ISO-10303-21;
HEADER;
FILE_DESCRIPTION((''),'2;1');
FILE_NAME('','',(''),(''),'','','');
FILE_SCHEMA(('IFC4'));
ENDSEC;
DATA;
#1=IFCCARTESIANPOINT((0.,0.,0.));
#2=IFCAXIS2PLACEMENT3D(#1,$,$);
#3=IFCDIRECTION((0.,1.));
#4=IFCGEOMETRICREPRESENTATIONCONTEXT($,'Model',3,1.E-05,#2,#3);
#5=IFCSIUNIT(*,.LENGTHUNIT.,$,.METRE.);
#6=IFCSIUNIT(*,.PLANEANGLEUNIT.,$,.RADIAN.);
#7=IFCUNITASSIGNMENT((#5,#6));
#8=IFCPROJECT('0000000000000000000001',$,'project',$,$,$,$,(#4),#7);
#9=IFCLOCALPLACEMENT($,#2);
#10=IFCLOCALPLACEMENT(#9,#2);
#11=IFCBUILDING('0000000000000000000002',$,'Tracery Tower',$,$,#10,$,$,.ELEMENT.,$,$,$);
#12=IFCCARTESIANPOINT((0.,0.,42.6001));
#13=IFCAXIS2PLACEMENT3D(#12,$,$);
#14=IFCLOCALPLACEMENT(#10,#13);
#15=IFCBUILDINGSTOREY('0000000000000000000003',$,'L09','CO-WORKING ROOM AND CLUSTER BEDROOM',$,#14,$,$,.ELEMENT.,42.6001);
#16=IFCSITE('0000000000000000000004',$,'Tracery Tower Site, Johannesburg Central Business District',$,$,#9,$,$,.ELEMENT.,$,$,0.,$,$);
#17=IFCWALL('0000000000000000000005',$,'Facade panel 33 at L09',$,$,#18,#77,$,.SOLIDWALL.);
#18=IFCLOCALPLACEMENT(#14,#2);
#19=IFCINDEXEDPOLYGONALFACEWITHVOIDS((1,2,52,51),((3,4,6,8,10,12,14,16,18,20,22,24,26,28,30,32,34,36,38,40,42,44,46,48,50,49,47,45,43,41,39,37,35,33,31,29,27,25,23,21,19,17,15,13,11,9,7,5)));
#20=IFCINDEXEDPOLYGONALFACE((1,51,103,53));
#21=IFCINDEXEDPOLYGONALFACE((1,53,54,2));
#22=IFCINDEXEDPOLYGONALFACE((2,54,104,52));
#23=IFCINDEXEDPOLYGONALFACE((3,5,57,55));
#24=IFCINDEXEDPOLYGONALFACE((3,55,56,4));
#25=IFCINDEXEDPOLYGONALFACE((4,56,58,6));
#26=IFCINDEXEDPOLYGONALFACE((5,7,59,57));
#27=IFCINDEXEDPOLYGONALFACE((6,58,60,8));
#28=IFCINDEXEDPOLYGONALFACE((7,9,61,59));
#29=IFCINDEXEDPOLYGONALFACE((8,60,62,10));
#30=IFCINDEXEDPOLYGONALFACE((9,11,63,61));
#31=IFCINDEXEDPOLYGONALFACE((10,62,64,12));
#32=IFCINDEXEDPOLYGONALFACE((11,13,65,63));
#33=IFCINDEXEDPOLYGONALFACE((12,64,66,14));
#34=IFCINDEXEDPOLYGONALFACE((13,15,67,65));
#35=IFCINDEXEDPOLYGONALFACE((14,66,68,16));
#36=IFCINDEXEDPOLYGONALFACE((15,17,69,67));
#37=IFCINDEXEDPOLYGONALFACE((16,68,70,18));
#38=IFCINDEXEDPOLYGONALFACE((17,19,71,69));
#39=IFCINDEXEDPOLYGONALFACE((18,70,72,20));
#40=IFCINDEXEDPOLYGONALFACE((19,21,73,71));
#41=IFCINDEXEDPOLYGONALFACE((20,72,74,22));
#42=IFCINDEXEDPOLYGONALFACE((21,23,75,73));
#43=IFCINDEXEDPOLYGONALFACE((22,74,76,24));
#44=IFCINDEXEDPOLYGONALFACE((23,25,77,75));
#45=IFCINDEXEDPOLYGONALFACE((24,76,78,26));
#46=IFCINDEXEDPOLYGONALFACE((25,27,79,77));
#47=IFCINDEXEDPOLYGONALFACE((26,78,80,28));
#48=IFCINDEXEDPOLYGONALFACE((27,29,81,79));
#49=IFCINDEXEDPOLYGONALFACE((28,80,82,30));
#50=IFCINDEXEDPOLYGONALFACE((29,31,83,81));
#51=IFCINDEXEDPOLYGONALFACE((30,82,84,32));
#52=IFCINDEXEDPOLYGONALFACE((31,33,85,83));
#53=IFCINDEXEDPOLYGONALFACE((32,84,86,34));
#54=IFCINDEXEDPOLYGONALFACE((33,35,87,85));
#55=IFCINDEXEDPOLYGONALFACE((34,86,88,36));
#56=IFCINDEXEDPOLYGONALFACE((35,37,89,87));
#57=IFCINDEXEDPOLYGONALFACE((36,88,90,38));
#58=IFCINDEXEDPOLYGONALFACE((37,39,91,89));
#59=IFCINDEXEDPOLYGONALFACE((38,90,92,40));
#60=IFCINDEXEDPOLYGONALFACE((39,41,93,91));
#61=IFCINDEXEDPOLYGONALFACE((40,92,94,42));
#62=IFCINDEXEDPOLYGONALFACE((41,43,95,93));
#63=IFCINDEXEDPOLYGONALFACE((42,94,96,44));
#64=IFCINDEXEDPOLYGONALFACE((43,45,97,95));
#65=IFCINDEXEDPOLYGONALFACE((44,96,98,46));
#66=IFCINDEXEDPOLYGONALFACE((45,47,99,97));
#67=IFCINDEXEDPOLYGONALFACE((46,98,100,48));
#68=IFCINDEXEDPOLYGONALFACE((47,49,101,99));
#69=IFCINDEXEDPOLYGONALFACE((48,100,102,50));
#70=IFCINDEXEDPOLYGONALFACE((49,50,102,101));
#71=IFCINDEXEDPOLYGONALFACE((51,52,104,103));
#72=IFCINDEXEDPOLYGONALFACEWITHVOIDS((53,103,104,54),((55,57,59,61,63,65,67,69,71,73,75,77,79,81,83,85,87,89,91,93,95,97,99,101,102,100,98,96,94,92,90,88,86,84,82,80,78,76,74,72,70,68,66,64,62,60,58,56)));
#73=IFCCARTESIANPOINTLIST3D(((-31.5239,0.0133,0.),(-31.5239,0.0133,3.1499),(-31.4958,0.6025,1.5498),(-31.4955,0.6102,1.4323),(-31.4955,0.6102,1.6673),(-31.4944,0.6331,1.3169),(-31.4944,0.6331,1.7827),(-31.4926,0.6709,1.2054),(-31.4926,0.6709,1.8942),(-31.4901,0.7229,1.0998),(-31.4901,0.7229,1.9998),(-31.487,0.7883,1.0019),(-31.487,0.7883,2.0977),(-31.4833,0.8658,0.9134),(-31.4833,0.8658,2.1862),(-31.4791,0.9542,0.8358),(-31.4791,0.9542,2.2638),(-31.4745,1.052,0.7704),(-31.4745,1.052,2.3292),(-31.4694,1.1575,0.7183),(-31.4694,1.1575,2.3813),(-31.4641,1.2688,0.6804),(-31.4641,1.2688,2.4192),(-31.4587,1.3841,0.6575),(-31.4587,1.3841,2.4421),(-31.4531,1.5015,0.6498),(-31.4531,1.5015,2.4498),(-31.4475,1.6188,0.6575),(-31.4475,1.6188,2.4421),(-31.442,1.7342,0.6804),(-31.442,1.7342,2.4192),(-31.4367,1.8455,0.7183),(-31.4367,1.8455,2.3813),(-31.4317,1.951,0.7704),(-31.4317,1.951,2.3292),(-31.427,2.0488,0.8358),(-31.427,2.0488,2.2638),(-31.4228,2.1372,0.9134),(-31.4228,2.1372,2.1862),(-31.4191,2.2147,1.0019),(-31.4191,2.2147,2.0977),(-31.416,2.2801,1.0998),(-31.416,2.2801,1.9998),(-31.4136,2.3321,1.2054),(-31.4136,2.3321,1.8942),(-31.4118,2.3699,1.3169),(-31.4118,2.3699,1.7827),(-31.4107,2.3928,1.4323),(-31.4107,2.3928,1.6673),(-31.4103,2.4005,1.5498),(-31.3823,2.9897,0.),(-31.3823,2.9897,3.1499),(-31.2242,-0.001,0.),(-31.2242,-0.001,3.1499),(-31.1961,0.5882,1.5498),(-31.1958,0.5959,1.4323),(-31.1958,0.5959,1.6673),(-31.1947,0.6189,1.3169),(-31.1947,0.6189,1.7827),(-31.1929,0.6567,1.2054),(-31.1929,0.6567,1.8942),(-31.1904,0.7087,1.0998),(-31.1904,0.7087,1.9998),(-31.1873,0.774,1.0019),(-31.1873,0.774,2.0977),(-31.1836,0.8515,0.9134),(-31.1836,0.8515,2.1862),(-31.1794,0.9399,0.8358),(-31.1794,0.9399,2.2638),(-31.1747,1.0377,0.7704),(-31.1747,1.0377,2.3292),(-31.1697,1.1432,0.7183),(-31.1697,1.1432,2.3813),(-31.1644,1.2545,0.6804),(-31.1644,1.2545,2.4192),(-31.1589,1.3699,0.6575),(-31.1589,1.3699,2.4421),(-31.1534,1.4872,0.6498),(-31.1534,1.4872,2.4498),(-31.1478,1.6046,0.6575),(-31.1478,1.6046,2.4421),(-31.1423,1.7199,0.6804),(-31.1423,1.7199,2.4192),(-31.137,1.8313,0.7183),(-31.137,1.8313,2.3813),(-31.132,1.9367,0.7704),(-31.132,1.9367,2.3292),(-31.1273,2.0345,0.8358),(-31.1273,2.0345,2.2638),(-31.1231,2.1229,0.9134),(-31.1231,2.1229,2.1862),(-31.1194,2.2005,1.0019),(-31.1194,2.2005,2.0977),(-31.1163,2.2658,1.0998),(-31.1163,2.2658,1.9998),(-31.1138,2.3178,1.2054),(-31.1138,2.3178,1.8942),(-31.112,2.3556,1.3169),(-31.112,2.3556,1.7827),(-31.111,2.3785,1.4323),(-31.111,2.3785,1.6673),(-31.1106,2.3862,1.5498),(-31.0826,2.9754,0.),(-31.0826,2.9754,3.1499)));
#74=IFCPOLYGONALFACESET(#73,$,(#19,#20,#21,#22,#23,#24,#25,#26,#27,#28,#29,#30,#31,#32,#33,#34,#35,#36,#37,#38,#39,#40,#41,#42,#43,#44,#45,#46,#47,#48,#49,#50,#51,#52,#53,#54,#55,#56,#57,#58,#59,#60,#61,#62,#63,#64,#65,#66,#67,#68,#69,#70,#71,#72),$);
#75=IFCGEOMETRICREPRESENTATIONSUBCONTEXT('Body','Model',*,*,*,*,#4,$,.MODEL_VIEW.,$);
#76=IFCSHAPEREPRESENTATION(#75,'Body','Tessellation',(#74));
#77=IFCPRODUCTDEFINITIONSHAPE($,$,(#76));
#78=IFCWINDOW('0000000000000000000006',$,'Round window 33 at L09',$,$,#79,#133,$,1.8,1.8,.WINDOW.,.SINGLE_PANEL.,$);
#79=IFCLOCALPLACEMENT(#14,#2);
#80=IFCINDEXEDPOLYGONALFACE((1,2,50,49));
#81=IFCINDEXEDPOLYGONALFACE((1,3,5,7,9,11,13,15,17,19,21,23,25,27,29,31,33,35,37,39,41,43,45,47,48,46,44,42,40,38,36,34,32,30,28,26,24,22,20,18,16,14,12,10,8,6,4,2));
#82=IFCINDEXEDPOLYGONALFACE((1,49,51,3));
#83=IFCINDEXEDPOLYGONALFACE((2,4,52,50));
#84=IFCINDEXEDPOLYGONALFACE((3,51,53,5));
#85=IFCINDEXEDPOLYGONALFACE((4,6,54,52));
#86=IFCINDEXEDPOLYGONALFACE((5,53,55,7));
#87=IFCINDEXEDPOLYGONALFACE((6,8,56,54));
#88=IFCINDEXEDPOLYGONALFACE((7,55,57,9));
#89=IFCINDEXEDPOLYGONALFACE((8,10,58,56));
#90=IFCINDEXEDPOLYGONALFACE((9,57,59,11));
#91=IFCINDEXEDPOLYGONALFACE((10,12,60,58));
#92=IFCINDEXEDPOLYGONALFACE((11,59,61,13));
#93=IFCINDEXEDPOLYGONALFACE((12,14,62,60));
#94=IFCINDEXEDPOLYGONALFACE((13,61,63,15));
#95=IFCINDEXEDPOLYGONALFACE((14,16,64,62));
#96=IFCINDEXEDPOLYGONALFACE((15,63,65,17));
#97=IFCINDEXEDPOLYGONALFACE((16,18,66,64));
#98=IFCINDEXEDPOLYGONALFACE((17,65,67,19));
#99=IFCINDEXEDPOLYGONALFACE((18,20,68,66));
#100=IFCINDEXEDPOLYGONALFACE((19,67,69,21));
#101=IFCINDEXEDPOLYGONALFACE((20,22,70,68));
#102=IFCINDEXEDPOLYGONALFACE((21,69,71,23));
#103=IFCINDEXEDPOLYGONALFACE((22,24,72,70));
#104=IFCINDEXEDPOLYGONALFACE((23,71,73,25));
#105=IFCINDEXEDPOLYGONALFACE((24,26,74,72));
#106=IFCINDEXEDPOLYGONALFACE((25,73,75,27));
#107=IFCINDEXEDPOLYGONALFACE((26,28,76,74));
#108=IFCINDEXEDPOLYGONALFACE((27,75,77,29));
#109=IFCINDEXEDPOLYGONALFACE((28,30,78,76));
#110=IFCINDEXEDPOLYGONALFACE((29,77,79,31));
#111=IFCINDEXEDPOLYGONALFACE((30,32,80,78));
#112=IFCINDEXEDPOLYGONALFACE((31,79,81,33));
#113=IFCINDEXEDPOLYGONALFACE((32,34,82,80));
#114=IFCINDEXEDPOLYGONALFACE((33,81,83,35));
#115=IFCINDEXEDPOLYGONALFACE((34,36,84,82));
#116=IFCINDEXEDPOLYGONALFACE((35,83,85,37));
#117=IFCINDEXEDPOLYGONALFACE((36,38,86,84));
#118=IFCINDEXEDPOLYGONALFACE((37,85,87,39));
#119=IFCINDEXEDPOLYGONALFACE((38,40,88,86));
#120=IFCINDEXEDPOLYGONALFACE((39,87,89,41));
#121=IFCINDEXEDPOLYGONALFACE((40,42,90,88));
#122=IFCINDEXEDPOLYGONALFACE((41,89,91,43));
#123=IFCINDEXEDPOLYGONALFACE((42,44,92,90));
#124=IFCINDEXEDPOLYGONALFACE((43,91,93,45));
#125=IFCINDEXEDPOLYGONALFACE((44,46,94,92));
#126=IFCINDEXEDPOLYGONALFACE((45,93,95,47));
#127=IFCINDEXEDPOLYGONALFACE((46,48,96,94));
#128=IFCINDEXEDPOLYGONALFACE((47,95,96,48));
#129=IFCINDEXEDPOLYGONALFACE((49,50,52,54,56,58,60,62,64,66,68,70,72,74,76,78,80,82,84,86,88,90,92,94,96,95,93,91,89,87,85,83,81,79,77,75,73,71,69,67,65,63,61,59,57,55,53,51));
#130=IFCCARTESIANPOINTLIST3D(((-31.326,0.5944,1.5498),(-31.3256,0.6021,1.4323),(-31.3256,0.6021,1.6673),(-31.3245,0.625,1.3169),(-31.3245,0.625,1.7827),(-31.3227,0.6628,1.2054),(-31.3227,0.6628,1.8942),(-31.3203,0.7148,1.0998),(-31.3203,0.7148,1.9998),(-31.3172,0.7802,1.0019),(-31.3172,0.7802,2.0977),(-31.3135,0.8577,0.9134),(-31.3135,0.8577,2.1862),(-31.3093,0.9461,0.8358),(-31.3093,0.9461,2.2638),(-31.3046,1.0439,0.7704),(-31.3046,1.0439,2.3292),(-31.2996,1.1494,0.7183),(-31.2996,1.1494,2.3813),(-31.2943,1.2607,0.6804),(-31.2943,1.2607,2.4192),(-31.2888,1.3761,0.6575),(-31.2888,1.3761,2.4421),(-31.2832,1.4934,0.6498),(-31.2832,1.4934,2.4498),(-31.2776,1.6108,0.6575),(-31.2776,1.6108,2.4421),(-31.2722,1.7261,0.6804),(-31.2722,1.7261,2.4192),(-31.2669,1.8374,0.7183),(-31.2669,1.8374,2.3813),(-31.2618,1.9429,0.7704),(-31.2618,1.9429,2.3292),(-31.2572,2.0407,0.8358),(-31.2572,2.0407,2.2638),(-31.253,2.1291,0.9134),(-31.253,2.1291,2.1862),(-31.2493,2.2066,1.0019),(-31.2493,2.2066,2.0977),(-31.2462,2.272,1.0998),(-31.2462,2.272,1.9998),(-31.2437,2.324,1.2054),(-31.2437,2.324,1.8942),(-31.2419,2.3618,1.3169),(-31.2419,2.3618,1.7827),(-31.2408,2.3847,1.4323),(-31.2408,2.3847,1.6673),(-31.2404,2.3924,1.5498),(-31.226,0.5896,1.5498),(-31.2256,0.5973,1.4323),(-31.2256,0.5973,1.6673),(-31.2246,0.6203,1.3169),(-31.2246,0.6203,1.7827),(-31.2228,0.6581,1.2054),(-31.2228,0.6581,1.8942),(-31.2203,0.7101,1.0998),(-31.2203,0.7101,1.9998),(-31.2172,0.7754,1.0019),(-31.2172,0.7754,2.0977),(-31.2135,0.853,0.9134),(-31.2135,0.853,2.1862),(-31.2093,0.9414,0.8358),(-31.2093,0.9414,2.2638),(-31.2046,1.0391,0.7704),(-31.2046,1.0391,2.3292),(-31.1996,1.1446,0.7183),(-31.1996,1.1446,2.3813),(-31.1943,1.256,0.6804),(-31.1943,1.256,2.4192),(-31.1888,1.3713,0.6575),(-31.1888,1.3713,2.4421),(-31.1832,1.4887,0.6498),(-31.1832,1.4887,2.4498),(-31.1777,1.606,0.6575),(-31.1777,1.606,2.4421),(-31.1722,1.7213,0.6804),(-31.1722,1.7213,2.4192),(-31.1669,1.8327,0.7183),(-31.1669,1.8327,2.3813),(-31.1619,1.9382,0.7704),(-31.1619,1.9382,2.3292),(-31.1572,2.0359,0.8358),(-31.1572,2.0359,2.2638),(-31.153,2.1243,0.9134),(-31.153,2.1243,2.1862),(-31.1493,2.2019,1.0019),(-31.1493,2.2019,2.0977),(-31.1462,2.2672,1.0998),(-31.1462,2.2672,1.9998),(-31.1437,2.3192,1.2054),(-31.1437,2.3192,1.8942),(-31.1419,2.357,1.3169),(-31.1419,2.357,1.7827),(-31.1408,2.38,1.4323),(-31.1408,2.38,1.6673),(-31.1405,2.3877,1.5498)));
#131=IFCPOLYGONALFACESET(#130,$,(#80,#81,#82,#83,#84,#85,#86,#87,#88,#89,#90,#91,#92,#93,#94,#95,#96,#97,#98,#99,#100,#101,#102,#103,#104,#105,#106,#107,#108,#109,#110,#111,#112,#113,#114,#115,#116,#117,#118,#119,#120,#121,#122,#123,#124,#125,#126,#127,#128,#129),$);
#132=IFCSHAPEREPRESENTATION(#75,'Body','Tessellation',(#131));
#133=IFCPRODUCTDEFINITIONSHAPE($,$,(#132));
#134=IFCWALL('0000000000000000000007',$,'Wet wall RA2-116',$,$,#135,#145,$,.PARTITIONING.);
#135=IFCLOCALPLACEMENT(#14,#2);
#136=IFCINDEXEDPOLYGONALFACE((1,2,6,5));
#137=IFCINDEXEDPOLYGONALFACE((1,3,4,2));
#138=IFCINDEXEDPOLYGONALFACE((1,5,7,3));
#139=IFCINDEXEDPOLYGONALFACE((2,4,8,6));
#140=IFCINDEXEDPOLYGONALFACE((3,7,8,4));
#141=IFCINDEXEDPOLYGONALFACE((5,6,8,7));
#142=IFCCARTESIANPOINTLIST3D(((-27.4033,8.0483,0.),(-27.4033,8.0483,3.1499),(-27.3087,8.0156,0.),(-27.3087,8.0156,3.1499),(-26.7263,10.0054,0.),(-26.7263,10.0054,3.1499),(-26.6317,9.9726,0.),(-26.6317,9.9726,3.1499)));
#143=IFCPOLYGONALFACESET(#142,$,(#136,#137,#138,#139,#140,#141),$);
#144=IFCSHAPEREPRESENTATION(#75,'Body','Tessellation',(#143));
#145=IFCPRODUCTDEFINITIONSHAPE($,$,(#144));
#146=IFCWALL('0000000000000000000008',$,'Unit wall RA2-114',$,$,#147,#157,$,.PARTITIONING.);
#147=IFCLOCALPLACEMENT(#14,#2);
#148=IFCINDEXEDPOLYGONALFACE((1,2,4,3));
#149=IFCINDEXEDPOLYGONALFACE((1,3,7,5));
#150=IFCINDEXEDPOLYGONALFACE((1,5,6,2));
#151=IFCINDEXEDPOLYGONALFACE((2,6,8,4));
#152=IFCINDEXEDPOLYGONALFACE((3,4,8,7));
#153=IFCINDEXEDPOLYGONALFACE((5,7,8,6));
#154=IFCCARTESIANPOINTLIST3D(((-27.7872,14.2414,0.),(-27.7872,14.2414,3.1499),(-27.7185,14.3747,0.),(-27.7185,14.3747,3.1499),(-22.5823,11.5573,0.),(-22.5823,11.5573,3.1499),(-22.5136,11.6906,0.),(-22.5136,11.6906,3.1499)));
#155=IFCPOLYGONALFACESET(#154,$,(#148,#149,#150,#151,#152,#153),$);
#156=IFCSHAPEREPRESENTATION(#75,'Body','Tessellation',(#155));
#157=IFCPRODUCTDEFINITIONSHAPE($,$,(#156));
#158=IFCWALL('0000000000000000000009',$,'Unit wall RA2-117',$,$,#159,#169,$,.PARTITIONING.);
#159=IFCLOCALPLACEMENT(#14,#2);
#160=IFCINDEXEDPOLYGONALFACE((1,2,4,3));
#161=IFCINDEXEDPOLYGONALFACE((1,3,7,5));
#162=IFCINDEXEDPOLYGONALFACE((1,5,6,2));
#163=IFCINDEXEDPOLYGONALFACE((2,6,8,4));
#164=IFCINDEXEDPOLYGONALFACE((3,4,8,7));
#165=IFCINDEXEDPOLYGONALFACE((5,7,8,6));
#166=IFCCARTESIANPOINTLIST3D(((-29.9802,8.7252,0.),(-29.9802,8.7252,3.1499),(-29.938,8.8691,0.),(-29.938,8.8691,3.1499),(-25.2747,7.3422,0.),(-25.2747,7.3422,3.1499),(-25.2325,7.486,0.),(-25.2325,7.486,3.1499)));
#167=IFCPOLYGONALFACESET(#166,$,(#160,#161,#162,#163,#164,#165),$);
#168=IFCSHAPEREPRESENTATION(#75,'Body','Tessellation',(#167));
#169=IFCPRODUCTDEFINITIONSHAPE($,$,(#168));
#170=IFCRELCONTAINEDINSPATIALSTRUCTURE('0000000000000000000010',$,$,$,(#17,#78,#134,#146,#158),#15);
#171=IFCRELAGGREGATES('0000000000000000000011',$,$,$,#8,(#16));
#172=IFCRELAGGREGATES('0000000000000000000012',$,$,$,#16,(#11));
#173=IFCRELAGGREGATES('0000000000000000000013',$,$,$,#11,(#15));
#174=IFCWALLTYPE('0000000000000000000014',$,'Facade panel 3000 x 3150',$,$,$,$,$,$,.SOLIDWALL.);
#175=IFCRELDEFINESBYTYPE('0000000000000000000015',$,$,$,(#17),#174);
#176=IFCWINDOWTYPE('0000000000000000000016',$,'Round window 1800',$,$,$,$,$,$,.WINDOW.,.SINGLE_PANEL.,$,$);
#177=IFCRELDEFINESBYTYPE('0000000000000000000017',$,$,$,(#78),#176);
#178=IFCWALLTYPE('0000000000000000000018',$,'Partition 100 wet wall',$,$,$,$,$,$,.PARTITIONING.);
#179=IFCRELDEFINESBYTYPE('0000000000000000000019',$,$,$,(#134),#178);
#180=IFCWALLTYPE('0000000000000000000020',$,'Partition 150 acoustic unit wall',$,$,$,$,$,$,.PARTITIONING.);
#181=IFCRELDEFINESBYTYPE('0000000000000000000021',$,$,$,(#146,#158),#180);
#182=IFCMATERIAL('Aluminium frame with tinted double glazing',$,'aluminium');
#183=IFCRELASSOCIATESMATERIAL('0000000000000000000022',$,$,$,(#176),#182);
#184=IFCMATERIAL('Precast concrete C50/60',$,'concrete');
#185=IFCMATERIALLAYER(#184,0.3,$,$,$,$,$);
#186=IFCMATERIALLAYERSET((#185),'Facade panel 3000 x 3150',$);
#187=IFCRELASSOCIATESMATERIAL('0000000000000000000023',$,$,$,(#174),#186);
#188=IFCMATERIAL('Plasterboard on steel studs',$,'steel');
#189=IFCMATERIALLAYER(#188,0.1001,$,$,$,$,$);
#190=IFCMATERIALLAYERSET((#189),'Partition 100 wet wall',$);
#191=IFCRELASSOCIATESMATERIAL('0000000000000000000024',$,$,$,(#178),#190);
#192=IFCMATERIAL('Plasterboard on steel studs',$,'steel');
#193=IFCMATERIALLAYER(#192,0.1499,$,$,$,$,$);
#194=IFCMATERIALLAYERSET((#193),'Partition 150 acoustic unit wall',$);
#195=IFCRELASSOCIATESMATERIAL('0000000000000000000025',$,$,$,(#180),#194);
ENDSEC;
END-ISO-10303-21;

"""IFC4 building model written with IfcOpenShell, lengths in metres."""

from ifc_helpers import new_model, si_unit, direction, frame, frame_2d, origin, origin_2d, place, context, subcontext, project, spatial, rectangle, circle, extrude, material, layer, layer_set, type_object, element, fill, save


model = new_model("IFC4")

# Units and contexts
model_context = context("Model", 3, precision=1e-05, world=origin(), true_north=direction((0.0, 1.0)))
body_context = subcontext(model_context, "Body", "Model", "MODEL_VIEW")
ifc_project = project(units=[si_unit("LENGTHUNIT", "METRE"), si_unit("PLANEANGLEUNIT", "RADIAN")], contexts=[model_context])

# Site, building, storey
site_placement = place(None, origin())
site = spatial("IfcSite", under=ifc_project, at=site_placement, Name="Tracery Tower Site, Johannesburg Central Business District", CompositionType="ELEMENT", RefElevation=0.0)
building_placement = place(site_placement, origin())
building = spatial("IfcBuilding", under=site, at=building_placement, Name="Tracery Tower", CompositionType="ELEMENT")
storey_placement = place(building_placement, frame((0.0, 0.0, 42.6001)))
storey = spatial("IfcBuildingStorey", under=building, at=storey_placement, Name="L09", Description="CO-WORKING ROOM AND CLUSTER BEDROOM", CompositionType="ELEMENT", Elevation=42.6001)

# Wall, opening, window
ifc_material_1 = material(Name="Aluminium frame with tinted double glazing", Category="aluminium")
window_type = type_object("IfcWindowType", Name="Round window 1800", PartitioningType="SINGLE_PANEL", PredefinedType="WINDOW", material=ifc_material_1)
ifc_material_2 = material(Name="Precast concrete C50/60", Category="concrete")
ifc_layer_1 = layer(ifc_material_2, 0.3)
ifc_layer_set_1 = layer_set([ifc_layer_1], Name="Facade panel 3000 x 3150")
wall_type_1 = type_object("IfcWallType", Name="Facade panel 3000 x 3150", PredefinedType="SOLIDWALL", material=ifc_layer_set_1)
wall_1_placement = place(storey_placement, frame((-31.2324, 2.9824, 0.0), z_axis=(0.0, 0.0, 1.0), x_axis=(-0.047522, -0.99887, 0.0)))
wall_1 = element("IfcWall", 1, at=wall_1_placement, inside=storey, type_object=wall_type_1, Name="Facade panel 33 at L09", PredefinedType="SOLIDWALL", context=body_context, shape_type="SweptSolid", body=[
    extrude(rectangle(XDim=2.9797, YDim=0.3, at=frame_2d((1.4897, 0.0))), origin(), (0.0, 0.0, 1.0), 3.1499),
])
opening_1_placement = place(wall_1_placement, frame((1.4897, 0.0, 1.5498)))
opening_1 = element("IfcOpeningElement", 2, at=opening_1_placement, cuts=wall_1, PredefinedType="OPENING", context=body_context, shape_type="SweptSolid", body=[
    extrude(circle(Radius=0.9, at=origin_2d()), frame((0.0, 0.1599, 0.0), z_axis=(0.0, -1.0, 0.0), x_axis=(1.0, 0.0, 0.0)), (0.0, 0.0, 1.0), 0.3201),
])
window_1_placement = place(opening_1_placement, origin())
window_1 = element("IfcWindow", 3, at=window_1_placement, inside=storey, type_object=window_type, Name="Round window 33 at L09", OverallHeight=1.8, OverallWidth=1.8, PartitioningType="SINGLE_PANEL", PredefinedType="WINDOW", context=body_context, shape_type="SweptSolid", body=[
    extrude(circle(Radius=0.9, at=origin_2d()), frame((0.0, 0.1201, 0.0), z_axis=(0.0, -1.0, 0.0), x_axis=(1.0, 0.0, 0.0)), (0.0, 0.0, 1.0), 0.1001),
])
fill(opening_1, window_1)

# Walls
ifc_material_3 = material(Name="Plasterboard on steel studs", Category="steel")
ifc_layer_2 = layer(ifc_material_3, 0.1001)
ifc_layer_set_2 = layer_set([ifc_layer_2], Name="Partition 100 wet wall")
wall_type_2 = type_object("IfcWallType", Name="Partition 100 wet wall", PredefinedType="PARTITIONING", material=ifc_layer_set_2)
wall_2_placement = place(storey_placement, frame((-27.356, 8.032, 0.0), z_axis=(0.0, 0.0, 1.0), x_axis=(0.326924, 0.945051, 0.0)))
element("IfcWall", 4, at=wall_2_placement, inside=storey, type_object=wall_type_2, Name="Wet wall RA2-116", PredefinedType="PARTITIONING", context=body_context, shape_type="SweptSolid", body=[
    extrude(rectangle(XDim=2.0708, YDim=0.1001, at=frame_2d((1.0354, 0.0))), origin(), (0.0, 0.0, 1.0), 3.1499),
])
ifc_material_4 = material(Name="Plasterboard on steel studs", Category="steel")
ifc_layer_3 = layer(ifc_material_4, 0.1499)
ifc_layer_set_3 = layer_set([ifc_layer_3], Name="Partition 150 acoustic unit wall")
wall_type_3 = type_object("IfcWallType", Name="Partition 150 acoustic unit wall", PredefinedType="PARTITIONING", material=ifc_layer_set_3)
wall_3_placement = place(storey_placement, frame((-27.7529, 14.3081, 0.0), z_axis=(0.0, 0.0, 1.0), x_axis=(0.88878, -0.458335, 0.0)))
element("IfcWall", 5, at=wall_3_placement, inside=storey, type_object=wall_type_3, Name="Unit wall RA2-114", PredefinedType="PARTITIONING", context=body_context, shape_type="SweptSolid", body=[
    extrude(rectangle(XDim=5.8562, YDim=0.1499, at=frame_2d((2.9282, 0.0))), origin(), (0.0, 0.0, 1.0), 3.1499),
])
wall_4_placement = place(storey_placement, frame((-29.959, 8.7971, 0.0), z_axis=(0.0, 0.0, 1.0), x_axis=(0.959417, -0.281991, 0.0)))
element("IfcWall", 6, at=wall_4_placement, inside=storey, type_object=wall_type_3, Name="Unit wall RA2-117", PredefinedType="PARTITIONING", context=body_context, shape_type="SweptSolid", body=[
    extrude(rectangle(XDim=4.9045, YDim=0.1499, at=frame_2d((2.4521, 0.0))), origin(), (0.0, 0.0, 1.0), 3.1499),
])

save(model, "model.ifc")
